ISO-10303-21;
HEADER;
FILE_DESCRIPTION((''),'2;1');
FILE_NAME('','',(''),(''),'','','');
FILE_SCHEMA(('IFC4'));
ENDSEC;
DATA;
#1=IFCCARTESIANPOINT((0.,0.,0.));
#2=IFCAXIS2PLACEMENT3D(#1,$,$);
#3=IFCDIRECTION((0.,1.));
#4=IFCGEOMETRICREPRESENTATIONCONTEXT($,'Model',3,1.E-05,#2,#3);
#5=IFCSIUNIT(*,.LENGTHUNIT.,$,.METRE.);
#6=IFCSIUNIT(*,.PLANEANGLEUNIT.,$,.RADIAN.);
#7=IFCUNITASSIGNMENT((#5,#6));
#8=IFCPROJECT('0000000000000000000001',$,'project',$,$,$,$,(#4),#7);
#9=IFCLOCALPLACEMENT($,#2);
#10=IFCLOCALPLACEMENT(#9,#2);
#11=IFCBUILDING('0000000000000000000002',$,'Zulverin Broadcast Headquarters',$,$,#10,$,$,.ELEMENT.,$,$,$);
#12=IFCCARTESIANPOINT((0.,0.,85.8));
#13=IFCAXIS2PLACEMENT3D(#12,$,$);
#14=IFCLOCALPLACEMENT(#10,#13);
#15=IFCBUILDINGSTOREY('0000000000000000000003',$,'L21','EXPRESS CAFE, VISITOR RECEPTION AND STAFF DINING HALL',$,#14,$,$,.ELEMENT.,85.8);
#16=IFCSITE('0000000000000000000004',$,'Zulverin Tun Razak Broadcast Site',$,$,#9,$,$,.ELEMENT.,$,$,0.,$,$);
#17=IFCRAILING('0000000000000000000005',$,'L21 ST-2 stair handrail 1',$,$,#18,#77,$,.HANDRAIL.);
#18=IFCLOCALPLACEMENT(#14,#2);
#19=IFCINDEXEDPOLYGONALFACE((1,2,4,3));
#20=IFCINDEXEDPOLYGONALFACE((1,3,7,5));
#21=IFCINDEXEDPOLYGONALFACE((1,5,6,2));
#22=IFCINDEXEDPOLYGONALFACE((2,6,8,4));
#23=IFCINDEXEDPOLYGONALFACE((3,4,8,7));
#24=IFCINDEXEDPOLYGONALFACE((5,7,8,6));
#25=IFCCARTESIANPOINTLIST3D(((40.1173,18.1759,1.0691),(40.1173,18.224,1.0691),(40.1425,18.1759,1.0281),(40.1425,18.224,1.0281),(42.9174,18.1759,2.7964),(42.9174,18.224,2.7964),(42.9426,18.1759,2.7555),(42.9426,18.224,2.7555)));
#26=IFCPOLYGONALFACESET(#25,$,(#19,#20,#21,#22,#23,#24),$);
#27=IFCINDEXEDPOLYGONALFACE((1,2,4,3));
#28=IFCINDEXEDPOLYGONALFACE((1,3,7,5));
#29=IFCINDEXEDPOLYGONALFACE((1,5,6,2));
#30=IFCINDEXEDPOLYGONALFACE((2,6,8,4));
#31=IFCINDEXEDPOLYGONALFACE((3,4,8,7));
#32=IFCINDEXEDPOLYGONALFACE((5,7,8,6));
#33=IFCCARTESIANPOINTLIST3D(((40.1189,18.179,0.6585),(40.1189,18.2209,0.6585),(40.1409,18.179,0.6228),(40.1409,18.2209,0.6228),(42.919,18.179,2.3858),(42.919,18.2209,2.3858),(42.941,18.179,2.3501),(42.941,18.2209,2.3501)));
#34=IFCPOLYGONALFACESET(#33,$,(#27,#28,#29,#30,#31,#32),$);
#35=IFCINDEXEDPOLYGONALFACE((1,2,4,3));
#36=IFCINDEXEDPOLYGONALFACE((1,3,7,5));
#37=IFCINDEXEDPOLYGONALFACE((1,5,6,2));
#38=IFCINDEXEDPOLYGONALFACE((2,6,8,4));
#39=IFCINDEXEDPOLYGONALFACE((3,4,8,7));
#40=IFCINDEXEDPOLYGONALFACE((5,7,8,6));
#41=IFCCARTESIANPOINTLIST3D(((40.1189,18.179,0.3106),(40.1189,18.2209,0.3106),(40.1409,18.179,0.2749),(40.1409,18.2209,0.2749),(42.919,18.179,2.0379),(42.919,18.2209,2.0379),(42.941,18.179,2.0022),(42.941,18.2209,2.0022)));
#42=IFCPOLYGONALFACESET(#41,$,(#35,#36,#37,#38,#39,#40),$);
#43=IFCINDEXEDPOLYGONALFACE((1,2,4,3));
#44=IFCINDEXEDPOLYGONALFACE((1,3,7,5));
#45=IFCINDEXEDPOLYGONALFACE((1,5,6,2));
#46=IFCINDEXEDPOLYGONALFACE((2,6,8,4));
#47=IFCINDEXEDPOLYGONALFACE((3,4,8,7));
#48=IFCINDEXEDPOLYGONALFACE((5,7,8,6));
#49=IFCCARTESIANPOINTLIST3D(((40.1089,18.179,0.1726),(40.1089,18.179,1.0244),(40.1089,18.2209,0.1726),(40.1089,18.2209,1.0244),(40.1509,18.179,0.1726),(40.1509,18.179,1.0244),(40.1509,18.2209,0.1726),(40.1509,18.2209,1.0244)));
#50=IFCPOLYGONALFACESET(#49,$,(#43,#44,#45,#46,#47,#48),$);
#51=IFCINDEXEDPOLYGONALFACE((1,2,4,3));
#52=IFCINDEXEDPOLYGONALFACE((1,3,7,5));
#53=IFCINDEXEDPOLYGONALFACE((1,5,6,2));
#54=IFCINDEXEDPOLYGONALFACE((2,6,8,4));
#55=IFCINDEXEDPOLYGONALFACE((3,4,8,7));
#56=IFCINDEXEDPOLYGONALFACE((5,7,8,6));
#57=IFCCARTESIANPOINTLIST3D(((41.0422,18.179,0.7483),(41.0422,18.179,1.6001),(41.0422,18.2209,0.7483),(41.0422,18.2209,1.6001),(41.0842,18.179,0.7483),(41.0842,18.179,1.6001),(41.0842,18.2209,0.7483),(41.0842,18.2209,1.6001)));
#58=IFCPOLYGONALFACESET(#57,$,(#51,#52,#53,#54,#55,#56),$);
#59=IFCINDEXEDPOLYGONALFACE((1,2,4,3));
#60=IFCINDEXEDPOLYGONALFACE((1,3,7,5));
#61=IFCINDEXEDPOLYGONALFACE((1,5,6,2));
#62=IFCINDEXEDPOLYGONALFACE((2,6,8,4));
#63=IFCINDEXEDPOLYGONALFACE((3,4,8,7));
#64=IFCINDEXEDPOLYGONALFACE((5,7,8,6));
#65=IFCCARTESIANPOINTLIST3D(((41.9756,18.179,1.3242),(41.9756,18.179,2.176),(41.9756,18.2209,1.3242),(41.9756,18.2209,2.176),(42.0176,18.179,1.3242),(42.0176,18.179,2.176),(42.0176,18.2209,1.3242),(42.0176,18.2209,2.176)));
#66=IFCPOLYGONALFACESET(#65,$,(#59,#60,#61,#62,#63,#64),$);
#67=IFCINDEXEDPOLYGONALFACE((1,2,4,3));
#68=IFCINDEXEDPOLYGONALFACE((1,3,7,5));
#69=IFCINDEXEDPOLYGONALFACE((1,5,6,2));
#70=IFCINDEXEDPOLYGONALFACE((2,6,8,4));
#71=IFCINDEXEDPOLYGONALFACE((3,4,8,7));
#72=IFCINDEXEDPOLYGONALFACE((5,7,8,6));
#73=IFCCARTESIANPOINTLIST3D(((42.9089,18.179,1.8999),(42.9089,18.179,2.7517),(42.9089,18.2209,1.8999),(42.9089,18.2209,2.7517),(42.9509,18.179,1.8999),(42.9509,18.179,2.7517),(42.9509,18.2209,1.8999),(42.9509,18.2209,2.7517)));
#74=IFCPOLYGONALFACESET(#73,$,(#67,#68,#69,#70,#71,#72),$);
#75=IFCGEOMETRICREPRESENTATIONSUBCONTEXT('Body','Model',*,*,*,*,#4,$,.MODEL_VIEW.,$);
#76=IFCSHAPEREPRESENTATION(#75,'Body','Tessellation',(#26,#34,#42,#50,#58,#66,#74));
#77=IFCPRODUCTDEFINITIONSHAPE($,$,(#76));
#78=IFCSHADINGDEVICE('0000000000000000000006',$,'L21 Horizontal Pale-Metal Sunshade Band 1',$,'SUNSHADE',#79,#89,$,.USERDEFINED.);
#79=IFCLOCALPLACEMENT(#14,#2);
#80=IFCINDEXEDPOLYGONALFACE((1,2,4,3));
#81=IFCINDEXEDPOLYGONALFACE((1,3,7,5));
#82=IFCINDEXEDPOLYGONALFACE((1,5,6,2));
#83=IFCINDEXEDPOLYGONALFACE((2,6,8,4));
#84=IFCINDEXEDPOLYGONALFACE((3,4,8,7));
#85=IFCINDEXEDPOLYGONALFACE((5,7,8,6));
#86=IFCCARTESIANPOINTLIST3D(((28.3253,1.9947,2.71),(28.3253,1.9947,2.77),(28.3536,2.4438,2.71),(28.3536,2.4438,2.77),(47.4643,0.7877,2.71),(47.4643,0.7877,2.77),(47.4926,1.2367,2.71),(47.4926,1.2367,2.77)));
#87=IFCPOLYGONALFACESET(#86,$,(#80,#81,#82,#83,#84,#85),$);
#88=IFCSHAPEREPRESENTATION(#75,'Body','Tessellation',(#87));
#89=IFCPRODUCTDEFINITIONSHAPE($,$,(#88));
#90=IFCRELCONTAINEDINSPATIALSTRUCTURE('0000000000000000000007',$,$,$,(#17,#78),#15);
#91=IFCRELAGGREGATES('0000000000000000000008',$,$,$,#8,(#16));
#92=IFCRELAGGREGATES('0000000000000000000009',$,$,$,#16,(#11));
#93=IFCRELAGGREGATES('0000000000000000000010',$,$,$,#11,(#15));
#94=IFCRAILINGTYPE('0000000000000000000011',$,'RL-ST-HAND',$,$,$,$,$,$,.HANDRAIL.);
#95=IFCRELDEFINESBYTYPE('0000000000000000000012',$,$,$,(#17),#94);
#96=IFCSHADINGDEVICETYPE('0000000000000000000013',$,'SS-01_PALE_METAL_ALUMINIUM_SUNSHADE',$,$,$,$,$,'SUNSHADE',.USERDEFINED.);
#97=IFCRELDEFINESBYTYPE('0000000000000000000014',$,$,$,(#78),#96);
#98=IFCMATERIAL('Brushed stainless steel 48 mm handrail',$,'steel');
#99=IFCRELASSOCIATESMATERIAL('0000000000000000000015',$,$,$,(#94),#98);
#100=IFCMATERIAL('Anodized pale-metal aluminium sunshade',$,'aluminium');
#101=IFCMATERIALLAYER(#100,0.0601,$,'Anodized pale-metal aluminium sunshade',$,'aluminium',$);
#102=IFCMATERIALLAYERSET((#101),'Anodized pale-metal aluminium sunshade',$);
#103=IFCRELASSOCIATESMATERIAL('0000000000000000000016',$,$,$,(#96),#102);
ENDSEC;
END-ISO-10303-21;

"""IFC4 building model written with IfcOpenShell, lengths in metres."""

from ifc_helpers import new_model, si_unit, direction, frame, origin, origin_2d, place, context, subcontext, project, spatial, rectangle, extrude, material, layer, layer_set, type_object, element, save


model = new_model("IFC4")

# Units and contexts
model_context = context("Model", 3, precision=1e-05, world=origin(), true_north=direction((0.0, 1.0)))
body_context = subcontext(model_context, "Body", "Model", "MODEL_VIEW")
ifc_project = project(units=[si_unit("LENGTHUNIT", "METRE"), si_unit("PLANEANGLEUNIT", "RADIAN")], contexts=[model_context])

# Site, building, storey
site_placement = place(None, origin())
site = spatial("IfcSite", under=ifc_project, at=site_placement, Name="Zulverin Tun Razak Broadcast Site", CompositionType="ELEMENT", RefElevation=0.0)
building_placement = place(site_placement, origin())
building = spatial("IfcBuilding", under=site, at=building_placement, Name="Zulverin Broadcast Headquarters", CompositionType="ELEMENT")
storey_placement = place(building_placement, frame((0.0, 0.0, 85.8)))
storey = spatial("IfcBuildingStorey", under=building, at=storey_placement, Name="L21", Description="EXPRESS CAFE, VISITOR RECEPTION AND STAFF DINING HALL", CompositionType="ELEMENT", Elevation=85.8)

# Railing
ifc_material_1 = material(Name="Brushed stainless steel 48 mm handrail", Category="steel")
railing_type_1 = type_object("IfcRailingType", Name="RL-ST-HAND", PredefinedType="HANDRAIL", material=ifc_material_1)
railing_1_placement = place(storey_placement, frame((40.1299, 18.2, 0.1726)))
element("IfcRailing", 1, at=railing_1_placement, inside=storey, type_object=railing_type_1, Name="L21 ST-2 stair handrail 1", PredefinedType="HANDRAIL", context=body_context, shape_type="SweptSolid", body=[
    extrude(rectangle(XDim=0.0481, YDim=0.0481, at=origin_2d()), frame((0.0, 0.0, 0.876), z_axis=(0.85109, 0.0, 0.52502), x_axis=(0.0, 1.0, 0.0)), (0.0, 0.0, 1.0), 3.29),
    extrude(rectangle(XDim=0.042, YDim=0.042, at=origin_2d()), frame((0.0, 0.0, 0.468), z_axis=(0.85109, 0.0, 0.52502), x_axis=(0.0, 1.0, 0.0)), (0.0, 0.0, 1.0), 3.29),
    extrude(rectangle(XDim=0.042, YDim=0.042, at=origin_2d()), frame((0.0, 0.0, 0.1201), z_axis=(0.85109, 0.0, 0.52502), x_axis=(0.0, 1.0, 0.0)), (0.0, 0.0, 1.0), 3.29),
    extrude(rectangle(XDim=0.042, YDim=0.042, at=origin_2d()), origin(), (0.0, 0.0, 1.0), 0.8518),
    extrude(rectangle(XDim=0.042, YDim=0.042, at=origin_2d()), frame((0.9333, 0.0, 0.5757)), (0.0, 0.0, 1.0), 0.8518),
    extrude(rectangle(XDim=0.042, YDim=0.042, at=origin_2d()), frame((1.8667, 0.0, 1.1516)), (0.0, 0.0, 1.0), 0.8518),
    extrude(rectangle(XDim=0.042, YDim=0.042, at=origin_2d()), frame((2.8, 0.0, 1.7273)), (0.0, 0.0, 1.0), 0.8518),
])

# Shading device
ifc_material_2 = material(Name="Anodized pale-metal aluminium sunshade", Category="aluminium")
ifc_layer_1 = layer(ifc_material_2, 0.0601, Name="Anodized pale-metal aluminium sunshade", Category="aluminium")
ifc_layer_set_1 = layer_set([ifc_layer_1], Name="Anodized pale-metal aluminium sunshade")
shading_device_type = type_object("IfcShadingDeviceType", Name="SS-01_PALE_METAL_ALUMINIUM_SUNSHADE", ElementType="SUNSHADE", PredefinedType="USERDEFINED", material=ifc_layer_set_1)
shading_device_placement = place(storey_placement, frame((37.9089, 1.6157, 2.71), z_axis=(0.0, 0.0, 1.0), x_axis=(0.998017, -0.062942, 0.0)))
element("IfcShadingDevice", 2, at=shading_device_placement, inside=storey, type_object=shading_device_type, Name="L21 Horizontal Pale-Metal Sunshade Band 1", ObjectType="SUNSHADE", PredefinedType="USERDEFINED", context=body_context, shape_type="SweptSolid", body=[
    extrude(rectangle(XDim=19.177, YDim=0.45, at=origin_2d()), origin(), (0.0, 0.0, 1.0), 0.0601),
])

save(model, "model.ifc")
